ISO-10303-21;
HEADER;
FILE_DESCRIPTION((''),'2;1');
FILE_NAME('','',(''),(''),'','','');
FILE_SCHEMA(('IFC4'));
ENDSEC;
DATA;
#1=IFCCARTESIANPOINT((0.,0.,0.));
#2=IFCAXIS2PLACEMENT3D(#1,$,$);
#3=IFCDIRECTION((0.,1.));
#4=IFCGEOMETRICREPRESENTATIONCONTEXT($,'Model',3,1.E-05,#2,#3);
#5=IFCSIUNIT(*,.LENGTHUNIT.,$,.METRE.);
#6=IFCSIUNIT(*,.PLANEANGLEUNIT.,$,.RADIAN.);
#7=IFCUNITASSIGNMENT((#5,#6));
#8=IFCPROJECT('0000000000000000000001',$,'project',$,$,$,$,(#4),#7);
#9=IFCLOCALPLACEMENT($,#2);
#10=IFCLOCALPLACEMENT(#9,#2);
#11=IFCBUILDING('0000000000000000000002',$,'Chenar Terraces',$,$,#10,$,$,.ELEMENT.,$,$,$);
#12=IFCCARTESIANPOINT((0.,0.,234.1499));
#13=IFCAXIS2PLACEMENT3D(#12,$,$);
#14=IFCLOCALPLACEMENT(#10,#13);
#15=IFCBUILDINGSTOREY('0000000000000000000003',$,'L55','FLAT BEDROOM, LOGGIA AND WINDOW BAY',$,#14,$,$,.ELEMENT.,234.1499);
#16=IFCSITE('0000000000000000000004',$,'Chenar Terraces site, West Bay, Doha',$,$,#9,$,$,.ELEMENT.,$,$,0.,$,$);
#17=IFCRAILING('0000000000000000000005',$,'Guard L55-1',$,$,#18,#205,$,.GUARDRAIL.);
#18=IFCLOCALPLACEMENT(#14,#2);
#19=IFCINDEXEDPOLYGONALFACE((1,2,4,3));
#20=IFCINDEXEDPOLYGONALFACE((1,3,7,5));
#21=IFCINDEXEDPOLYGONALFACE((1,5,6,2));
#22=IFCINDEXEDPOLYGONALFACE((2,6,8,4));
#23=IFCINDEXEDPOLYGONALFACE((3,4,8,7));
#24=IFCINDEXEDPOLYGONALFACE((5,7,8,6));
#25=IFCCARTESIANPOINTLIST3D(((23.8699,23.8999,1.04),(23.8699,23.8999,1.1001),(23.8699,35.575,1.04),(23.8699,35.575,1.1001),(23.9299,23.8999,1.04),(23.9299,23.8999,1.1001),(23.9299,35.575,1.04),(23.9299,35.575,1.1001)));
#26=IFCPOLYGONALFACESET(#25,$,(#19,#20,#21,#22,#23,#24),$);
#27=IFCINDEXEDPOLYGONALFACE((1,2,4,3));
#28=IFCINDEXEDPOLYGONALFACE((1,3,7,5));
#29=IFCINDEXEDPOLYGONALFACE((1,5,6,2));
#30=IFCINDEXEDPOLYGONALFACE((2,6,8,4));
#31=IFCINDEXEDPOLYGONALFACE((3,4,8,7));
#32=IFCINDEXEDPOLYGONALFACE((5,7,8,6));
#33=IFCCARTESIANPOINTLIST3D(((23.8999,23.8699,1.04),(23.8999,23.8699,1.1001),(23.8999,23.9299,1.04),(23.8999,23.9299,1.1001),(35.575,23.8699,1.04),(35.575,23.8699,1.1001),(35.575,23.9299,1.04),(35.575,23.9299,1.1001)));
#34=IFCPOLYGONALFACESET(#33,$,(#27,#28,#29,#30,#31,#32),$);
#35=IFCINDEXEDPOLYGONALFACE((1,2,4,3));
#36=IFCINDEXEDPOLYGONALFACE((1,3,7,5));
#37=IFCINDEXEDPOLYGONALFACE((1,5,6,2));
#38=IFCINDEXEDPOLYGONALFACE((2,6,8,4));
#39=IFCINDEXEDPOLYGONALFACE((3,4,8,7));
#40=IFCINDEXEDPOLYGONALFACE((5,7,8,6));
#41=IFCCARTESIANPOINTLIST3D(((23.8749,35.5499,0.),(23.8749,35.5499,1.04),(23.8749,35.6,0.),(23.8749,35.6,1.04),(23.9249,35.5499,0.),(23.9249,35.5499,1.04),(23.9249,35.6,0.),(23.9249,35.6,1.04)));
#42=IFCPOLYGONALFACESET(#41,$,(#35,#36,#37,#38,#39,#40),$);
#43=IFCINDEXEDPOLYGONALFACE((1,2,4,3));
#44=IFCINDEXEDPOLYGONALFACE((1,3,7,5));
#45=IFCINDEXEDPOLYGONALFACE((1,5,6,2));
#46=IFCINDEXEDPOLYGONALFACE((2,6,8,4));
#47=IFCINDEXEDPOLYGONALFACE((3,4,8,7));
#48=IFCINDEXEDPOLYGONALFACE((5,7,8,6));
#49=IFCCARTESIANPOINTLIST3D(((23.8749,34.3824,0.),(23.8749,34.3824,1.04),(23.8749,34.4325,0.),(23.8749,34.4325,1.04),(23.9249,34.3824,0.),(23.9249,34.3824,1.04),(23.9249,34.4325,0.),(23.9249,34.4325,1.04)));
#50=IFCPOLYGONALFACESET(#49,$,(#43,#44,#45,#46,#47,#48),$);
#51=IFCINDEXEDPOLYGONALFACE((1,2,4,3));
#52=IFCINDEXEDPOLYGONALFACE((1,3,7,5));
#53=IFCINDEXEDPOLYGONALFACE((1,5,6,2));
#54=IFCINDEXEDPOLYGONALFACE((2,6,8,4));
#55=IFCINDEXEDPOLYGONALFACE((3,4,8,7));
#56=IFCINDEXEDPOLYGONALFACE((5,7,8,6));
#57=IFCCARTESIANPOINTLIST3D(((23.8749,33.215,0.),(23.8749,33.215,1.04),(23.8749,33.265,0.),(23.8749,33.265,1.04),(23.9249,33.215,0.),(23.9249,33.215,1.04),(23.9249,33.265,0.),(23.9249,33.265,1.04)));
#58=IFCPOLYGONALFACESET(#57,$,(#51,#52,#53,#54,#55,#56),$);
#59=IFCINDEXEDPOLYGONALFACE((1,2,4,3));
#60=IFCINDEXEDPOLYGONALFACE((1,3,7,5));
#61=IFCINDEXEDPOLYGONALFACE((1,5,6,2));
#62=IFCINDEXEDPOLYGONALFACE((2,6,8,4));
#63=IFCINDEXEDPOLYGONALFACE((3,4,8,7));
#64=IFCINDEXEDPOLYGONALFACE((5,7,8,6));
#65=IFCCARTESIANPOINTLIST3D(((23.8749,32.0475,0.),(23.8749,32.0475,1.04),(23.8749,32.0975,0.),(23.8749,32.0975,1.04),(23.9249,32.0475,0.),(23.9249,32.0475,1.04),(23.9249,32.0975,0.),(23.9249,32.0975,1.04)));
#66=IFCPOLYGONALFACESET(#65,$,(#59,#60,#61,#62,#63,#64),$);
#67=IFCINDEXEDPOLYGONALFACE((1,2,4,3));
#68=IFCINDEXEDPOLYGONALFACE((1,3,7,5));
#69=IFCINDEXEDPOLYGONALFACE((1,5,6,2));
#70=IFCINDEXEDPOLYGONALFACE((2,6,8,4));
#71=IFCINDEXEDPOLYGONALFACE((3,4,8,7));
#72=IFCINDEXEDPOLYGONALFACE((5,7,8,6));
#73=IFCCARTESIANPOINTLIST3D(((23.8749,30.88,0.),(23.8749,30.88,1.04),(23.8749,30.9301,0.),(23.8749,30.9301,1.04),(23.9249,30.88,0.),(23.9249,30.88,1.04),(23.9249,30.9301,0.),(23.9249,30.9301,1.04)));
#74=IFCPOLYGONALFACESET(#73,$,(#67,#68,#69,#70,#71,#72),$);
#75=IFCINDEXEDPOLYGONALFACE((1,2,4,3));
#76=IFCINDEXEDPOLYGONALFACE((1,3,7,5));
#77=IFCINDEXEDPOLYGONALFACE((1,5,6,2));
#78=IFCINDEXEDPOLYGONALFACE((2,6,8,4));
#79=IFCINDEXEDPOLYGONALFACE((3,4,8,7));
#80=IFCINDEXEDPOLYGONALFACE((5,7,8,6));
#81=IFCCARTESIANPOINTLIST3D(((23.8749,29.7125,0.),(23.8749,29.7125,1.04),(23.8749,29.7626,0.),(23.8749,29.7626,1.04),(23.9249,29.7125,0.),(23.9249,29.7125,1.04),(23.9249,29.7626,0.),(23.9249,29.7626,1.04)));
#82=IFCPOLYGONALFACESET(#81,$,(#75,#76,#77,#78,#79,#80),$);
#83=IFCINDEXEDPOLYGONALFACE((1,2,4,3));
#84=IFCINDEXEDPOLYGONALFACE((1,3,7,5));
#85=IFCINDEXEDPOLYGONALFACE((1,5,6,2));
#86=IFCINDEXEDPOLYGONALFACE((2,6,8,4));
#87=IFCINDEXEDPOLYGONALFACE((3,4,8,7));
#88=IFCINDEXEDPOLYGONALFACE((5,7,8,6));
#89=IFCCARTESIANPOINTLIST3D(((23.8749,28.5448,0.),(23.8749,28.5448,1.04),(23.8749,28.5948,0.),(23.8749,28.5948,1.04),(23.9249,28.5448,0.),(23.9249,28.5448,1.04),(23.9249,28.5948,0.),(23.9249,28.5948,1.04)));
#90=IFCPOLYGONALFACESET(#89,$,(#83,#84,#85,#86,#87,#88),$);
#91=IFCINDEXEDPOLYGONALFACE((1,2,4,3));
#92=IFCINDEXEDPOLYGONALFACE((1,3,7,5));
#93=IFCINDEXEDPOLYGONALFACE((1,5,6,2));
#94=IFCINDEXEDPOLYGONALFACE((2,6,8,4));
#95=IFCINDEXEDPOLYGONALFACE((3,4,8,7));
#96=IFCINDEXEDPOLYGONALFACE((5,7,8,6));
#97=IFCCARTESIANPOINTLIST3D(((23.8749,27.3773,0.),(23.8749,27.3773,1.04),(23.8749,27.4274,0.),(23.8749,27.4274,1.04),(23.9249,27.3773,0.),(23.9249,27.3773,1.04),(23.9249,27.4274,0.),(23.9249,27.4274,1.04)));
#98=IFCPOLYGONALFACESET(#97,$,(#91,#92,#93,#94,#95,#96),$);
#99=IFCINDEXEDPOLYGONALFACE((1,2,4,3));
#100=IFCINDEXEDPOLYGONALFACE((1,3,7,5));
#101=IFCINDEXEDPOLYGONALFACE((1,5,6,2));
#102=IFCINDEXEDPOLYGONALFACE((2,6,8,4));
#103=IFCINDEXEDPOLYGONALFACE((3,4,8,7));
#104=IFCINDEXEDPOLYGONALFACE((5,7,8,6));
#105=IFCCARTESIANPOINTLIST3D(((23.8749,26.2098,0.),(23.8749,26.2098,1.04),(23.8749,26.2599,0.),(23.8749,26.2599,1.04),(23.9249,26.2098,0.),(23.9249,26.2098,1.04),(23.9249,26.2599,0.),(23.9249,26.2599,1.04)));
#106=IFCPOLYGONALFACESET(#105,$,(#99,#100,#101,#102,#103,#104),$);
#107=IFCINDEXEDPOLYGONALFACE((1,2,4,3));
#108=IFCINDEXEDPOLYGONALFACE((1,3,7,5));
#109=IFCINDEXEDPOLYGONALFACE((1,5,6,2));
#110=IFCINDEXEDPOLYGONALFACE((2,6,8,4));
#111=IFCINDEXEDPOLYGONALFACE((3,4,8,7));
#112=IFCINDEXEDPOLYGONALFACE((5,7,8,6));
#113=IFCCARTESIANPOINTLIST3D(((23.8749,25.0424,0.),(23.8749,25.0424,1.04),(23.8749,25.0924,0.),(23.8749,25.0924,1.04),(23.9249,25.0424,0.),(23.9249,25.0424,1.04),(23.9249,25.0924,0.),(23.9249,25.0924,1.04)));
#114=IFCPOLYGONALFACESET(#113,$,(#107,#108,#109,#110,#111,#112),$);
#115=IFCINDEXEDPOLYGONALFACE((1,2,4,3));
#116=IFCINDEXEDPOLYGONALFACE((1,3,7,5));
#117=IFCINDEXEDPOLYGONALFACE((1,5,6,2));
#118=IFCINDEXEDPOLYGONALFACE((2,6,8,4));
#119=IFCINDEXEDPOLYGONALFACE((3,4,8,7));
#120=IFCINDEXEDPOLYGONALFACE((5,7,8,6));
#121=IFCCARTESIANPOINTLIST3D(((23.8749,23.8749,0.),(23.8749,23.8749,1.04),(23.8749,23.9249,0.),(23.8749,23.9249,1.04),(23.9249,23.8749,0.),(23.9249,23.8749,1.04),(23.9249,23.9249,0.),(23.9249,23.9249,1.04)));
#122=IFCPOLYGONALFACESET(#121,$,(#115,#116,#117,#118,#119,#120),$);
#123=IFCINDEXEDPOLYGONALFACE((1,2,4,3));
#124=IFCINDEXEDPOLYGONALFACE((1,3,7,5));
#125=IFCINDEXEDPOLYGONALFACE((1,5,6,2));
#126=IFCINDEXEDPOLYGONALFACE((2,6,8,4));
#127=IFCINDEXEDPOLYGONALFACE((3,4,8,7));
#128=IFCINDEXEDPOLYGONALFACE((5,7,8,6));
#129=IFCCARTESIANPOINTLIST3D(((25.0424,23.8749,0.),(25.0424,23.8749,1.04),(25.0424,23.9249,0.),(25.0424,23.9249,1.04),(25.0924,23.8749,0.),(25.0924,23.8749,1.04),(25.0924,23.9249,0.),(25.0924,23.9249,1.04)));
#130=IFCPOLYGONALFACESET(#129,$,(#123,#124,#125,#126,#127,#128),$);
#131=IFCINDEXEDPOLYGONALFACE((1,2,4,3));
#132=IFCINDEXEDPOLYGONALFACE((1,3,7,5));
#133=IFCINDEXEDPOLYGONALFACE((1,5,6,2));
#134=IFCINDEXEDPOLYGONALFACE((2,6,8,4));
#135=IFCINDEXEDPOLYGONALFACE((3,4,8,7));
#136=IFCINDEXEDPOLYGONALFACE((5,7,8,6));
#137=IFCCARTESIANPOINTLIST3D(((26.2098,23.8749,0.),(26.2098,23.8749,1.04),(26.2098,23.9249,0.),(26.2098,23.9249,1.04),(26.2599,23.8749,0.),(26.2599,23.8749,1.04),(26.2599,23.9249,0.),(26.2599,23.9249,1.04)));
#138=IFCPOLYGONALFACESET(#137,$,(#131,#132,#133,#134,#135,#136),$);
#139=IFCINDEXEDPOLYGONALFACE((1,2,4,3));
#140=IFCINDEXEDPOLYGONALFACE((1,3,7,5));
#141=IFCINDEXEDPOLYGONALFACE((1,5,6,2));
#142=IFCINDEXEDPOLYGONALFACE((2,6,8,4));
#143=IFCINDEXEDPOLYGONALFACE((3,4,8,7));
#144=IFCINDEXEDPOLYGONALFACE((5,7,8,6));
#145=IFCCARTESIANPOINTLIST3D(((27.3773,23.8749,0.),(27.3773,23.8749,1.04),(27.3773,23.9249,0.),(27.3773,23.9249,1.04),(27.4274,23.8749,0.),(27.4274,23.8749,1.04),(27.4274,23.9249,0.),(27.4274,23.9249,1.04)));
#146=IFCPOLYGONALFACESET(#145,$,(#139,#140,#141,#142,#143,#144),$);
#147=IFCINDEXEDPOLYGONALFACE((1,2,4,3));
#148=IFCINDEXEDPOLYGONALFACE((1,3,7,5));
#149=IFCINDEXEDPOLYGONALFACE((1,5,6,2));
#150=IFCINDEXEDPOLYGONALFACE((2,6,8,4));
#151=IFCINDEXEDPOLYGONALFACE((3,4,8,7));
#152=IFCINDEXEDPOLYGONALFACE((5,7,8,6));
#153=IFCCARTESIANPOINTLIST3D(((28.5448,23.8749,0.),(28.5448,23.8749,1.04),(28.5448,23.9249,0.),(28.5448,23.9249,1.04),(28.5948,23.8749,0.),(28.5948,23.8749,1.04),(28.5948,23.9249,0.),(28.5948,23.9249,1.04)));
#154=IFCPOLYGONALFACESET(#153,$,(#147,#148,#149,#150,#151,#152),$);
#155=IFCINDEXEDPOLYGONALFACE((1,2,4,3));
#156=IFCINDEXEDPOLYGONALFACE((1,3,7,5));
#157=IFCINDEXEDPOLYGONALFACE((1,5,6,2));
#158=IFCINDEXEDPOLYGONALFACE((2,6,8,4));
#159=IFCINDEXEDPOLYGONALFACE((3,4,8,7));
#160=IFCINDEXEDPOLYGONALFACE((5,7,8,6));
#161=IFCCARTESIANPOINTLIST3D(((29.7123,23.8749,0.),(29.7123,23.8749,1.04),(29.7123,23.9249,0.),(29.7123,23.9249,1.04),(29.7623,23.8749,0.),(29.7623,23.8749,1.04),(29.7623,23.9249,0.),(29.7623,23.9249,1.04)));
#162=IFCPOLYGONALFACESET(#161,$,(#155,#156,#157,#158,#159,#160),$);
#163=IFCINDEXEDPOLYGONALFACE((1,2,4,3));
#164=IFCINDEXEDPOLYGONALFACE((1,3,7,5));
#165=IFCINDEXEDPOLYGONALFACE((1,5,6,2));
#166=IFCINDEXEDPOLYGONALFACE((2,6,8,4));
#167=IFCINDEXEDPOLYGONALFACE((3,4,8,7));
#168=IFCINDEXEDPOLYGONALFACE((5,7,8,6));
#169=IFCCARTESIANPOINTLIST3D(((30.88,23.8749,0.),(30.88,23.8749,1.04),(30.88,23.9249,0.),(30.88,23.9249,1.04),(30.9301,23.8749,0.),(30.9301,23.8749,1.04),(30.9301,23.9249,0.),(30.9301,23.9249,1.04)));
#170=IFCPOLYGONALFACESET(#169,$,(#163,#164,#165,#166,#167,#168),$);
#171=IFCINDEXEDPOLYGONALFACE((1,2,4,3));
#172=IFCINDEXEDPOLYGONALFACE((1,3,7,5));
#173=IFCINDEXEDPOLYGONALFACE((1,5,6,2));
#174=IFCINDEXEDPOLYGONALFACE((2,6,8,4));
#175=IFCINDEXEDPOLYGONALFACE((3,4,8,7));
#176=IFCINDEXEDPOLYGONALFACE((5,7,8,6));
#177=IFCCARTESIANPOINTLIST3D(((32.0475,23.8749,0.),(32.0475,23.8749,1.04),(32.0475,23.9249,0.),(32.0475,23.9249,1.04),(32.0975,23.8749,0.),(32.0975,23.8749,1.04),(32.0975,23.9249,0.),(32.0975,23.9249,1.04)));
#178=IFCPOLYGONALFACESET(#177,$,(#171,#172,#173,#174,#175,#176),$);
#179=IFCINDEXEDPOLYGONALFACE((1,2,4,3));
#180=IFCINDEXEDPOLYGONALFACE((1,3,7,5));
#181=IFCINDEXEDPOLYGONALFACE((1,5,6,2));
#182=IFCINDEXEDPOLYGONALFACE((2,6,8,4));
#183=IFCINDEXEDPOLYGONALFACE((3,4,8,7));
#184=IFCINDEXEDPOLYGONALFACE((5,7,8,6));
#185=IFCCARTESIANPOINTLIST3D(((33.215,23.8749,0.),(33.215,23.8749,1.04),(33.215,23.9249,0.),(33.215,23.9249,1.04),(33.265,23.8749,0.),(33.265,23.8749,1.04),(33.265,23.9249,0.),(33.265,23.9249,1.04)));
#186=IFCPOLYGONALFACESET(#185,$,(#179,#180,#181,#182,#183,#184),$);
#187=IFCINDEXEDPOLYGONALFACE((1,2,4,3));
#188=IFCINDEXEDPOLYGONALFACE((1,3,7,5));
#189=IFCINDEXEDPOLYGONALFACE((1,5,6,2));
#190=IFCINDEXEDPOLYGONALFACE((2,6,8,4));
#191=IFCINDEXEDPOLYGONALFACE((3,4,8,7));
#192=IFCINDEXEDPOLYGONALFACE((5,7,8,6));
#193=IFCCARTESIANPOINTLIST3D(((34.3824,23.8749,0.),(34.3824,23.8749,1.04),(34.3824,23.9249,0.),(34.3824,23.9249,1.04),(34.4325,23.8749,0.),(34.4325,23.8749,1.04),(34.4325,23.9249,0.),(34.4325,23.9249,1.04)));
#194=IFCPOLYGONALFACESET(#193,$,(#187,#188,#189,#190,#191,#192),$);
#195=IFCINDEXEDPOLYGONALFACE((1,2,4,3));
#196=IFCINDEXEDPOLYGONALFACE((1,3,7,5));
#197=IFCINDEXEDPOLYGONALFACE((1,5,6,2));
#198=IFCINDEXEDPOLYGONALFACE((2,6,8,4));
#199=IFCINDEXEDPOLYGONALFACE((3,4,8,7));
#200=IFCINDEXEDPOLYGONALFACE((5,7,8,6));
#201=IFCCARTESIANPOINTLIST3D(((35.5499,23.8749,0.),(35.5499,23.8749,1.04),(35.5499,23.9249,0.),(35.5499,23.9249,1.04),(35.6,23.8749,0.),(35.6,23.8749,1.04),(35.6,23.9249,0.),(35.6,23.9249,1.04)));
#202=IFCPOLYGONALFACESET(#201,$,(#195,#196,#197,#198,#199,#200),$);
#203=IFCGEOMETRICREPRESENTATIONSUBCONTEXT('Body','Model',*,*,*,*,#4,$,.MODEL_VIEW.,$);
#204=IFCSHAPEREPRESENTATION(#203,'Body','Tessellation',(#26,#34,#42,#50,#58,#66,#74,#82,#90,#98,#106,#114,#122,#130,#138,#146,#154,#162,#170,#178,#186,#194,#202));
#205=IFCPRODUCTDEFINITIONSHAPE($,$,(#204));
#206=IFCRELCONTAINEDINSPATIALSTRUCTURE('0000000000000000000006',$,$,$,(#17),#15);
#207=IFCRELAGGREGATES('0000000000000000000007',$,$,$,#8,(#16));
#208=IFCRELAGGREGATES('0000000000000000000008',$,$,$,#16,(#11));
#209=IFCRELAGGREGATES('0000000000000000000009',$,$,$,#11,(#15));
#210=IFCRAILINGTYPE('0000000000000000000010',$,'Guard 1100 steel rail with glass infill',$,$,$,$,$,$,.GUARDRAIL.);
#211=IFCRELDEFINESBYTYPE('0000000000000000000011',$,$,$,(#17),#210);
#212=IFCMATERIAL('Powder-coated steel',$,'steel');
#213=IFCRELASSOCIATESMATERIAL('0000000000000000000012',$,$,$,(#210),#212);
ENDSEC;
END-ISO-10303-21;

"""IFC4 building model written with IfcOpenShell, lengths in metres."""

from ifc_helpers import new_model, si_unit, direction, frame, origin, origin_2d, place, context, subcontext, project, spatial, rectangle, extrude, material, type_object, element, save


model = new_model("IFC4")

# Units and contexts
model_context = context("Model", 3, precision=1e-05, world=origin(), true_north=direction((0.0, 1.0)))
body_context = subcontext(model_context, "Body", "Model", "MODEL_VIEW")
ifc_project = project(units=[si_unit("LENGTHUNIT", "METRE"), si_unit("PLANEANGLEUNIT", "RADIAN")], contexts=[model_context])

# Site, building, storey
site_placement = place(None, origin())
site = spatial("IfcSite", under=ifc_project, at=site_placement, Name="Chenar Terraces site, West Bay, Doha", CompositionType="ELEMENT", RefElevation=0.0)
building_placement = place(site_placement, origin())
building = spatial("IfcBuilding", under=site, at=building_placement, Name="Chenar Terraces", CompositionType="ELEMENT")
storey_placement = place(building_placement, frame((0.0, 0.0, 234.1499)))
storey = spatial("IfcBuildingStorey", under=building, at=storey_placement, Name="L55", Description="FLAT BEDROOM, LOGGIA AND WINDOW BAY", CompositionType="ELEMENT", Elevation=234.1499)

# Railing
ifc_material_1 = material(Name="Powder-coated steel", Category="steel")
railing_type = type_object("IfcRailingType", Name="Guard 1100 steel rail with glass infill", PredefinedType="GUARDRAIL", material=ifc_material_1)
railing_placement = place(storey_placement, frame((23.8999, 35.575, 0.0)))
element("IfcRailing", 1, at=railing_placement, inside=storey, type_object=railing_type, Name="Guard L55-1", PredefinedType="GUARDRAIL", context=body_context, shape_type="SweptSolid", body=[
    extrude(rectangle(XDim=0.0601, YDim=0.0601, at=origin_2d()), frame((0.0, 0.0, 1.0701), z_axis=(0.0, -1.0, 0.0), x_axis=(1.0, 0.0, 0.0)), (0.0, 0.0, 1.0), 11.675),
    extrude(rectangle(XDim=0.0601, YDim=0.0601, at=origin_2d()), frame((0.0, -11.675, 1.0701), z_axis=(1.0, 0.0, 0.0), x_axis=(0.0, 1.0, 0.0)), (0.0, 0.0, 1.0), 11.675),
    extrude(rectangle(XDim=0.05, YDim=0.05, at=origin_2d()), origin(), (0.0, 0.0, 1.0), 1.04),
    extrude(rectangle(XDim=0.05, YDim=0.05, at=origin_2d()), frame((0.0, -1.1675, 0.0)), (0.0, 0.0, 1.0), 1.04),
    extrude(rectangle(XDim=0.05, YDim=0.05, at=origin_2d()), frame((0.0, -2.335, 0.0)), (0.0, 0.0, 1.0), 1.04),
    extrude(rectangle(XDim=0.05, YDim=0.05, at=origin_2d()), frame((0.0, -3.5024, 0.0)), (0.0, 0.0, 1.0), 1.04),
    extrude(rectangle(XDim=0.05, YDim=0.05, at=origin_2d()), frame((0.0, -4.6699, 0.0)), (0.0, 0.0, 1.0), 1.04),
    extrude(rectangle(XDim=0.05, YDim=0.05, at=origin_2d()), frame((0.0, -5.8374, 0.0)), (0.0, 0.0, 1.0), 1.04),
    extrude(rectangle(XDim=0.05, YDim=0.05, at=origin_2d()), frame((0.0, -7.0051, 0.0)), (0.0, 0.0, 1.0), 1.04),
    extrude(rectangle(XDim=0.05, YDim=0.05, at=origin_2d()), frame((0.0, -8.1726, 0.0)), (0.0, 0.0, 1.0), 1.04),
    extrude(rectangle(XDim=0.05, YDim=0.05, at=origin_2d()), frame((0.0, -9.3401, 0.0)), (0.0, 0.0, 1.0), 1.04),
    extrude(rectangle(XDim=0.05, YDim=0.05, at=origin_2d()), frame((0.0, -10.5076, 0.0)), (0.0, 0.0, 1.0), 1.04),
    extrude(rectangle(XDim=0.05, YDim=0.05, at=origin_2d()), frame((0.0, -11.675, 0.0)), (0.0, 0.0, 1.0), 1.04),
    extrude(rectangle(XDim=0.05, YDim=0.05, at=origin_2d()), frame((1.1675, -11.675, 0.0)), (0.0, 0.0, 1.0), 1.04),
    extrude(rectangle(XDim=0.05, YDim=0.05, at=origin_2d()), frame((2.335, -11.675, 0.0)), (0.0, 0.0, 1.0), 1.04),
    extrude(rectangle(XDim=0.05, YDim=0.05, at=origin_2d()), frame((3.5024, -11.675, 0.0)), (0.0, 0.0, 1.0), 1.04),
    extrude(rectangle(XDim=0.05, YDim=0.05, at=origin_2d()), frame((4.6699, -11.675, 0.0)), (0.0, 0.0, 1.0), 1.04),
    extrude(rectangle(XDim=0.05, YDim=0.05, at=origin_2d()), frame((5.8374, -11.675, 0.0)), (0.0, 0.0, 1.0), 1.04),
    extrude(rectangle(XDim=0.05, YDim=0.05, at=origin_2d()), frame((7.0051, -11.675, 0.0)), (0.0, 0.0, 1.0), 1.04),
    extrude(rectangle(XDim=0.05, YDim=0.05, at=origin_2d()), frame((8.1726, -11.675, 0.0)), (0.0, 0.0, 1.0), 1.04),
    extrude(rectangle(XDim=0.05, YDim=0.05, at=origin_2d()), frame((9.3401, -11.675, 0.0)), (0.0, 0.0, 1.0), 1.04),
    extrude(rectangle(XDim=0.05, YDim=0.05, at=origin_2d()), frame((10.5076, -11.675, 0.0)), (0.0, 0.0, 1.0), 1.04),
    extrude(rectangle(XDim=0.05, YDim=0.05, at=origin_2d()), frame((11.675, -11.675, 0.0)), (0.0, 0.0, 1.0), 1.04),
])

save(model, "model.ifc")
